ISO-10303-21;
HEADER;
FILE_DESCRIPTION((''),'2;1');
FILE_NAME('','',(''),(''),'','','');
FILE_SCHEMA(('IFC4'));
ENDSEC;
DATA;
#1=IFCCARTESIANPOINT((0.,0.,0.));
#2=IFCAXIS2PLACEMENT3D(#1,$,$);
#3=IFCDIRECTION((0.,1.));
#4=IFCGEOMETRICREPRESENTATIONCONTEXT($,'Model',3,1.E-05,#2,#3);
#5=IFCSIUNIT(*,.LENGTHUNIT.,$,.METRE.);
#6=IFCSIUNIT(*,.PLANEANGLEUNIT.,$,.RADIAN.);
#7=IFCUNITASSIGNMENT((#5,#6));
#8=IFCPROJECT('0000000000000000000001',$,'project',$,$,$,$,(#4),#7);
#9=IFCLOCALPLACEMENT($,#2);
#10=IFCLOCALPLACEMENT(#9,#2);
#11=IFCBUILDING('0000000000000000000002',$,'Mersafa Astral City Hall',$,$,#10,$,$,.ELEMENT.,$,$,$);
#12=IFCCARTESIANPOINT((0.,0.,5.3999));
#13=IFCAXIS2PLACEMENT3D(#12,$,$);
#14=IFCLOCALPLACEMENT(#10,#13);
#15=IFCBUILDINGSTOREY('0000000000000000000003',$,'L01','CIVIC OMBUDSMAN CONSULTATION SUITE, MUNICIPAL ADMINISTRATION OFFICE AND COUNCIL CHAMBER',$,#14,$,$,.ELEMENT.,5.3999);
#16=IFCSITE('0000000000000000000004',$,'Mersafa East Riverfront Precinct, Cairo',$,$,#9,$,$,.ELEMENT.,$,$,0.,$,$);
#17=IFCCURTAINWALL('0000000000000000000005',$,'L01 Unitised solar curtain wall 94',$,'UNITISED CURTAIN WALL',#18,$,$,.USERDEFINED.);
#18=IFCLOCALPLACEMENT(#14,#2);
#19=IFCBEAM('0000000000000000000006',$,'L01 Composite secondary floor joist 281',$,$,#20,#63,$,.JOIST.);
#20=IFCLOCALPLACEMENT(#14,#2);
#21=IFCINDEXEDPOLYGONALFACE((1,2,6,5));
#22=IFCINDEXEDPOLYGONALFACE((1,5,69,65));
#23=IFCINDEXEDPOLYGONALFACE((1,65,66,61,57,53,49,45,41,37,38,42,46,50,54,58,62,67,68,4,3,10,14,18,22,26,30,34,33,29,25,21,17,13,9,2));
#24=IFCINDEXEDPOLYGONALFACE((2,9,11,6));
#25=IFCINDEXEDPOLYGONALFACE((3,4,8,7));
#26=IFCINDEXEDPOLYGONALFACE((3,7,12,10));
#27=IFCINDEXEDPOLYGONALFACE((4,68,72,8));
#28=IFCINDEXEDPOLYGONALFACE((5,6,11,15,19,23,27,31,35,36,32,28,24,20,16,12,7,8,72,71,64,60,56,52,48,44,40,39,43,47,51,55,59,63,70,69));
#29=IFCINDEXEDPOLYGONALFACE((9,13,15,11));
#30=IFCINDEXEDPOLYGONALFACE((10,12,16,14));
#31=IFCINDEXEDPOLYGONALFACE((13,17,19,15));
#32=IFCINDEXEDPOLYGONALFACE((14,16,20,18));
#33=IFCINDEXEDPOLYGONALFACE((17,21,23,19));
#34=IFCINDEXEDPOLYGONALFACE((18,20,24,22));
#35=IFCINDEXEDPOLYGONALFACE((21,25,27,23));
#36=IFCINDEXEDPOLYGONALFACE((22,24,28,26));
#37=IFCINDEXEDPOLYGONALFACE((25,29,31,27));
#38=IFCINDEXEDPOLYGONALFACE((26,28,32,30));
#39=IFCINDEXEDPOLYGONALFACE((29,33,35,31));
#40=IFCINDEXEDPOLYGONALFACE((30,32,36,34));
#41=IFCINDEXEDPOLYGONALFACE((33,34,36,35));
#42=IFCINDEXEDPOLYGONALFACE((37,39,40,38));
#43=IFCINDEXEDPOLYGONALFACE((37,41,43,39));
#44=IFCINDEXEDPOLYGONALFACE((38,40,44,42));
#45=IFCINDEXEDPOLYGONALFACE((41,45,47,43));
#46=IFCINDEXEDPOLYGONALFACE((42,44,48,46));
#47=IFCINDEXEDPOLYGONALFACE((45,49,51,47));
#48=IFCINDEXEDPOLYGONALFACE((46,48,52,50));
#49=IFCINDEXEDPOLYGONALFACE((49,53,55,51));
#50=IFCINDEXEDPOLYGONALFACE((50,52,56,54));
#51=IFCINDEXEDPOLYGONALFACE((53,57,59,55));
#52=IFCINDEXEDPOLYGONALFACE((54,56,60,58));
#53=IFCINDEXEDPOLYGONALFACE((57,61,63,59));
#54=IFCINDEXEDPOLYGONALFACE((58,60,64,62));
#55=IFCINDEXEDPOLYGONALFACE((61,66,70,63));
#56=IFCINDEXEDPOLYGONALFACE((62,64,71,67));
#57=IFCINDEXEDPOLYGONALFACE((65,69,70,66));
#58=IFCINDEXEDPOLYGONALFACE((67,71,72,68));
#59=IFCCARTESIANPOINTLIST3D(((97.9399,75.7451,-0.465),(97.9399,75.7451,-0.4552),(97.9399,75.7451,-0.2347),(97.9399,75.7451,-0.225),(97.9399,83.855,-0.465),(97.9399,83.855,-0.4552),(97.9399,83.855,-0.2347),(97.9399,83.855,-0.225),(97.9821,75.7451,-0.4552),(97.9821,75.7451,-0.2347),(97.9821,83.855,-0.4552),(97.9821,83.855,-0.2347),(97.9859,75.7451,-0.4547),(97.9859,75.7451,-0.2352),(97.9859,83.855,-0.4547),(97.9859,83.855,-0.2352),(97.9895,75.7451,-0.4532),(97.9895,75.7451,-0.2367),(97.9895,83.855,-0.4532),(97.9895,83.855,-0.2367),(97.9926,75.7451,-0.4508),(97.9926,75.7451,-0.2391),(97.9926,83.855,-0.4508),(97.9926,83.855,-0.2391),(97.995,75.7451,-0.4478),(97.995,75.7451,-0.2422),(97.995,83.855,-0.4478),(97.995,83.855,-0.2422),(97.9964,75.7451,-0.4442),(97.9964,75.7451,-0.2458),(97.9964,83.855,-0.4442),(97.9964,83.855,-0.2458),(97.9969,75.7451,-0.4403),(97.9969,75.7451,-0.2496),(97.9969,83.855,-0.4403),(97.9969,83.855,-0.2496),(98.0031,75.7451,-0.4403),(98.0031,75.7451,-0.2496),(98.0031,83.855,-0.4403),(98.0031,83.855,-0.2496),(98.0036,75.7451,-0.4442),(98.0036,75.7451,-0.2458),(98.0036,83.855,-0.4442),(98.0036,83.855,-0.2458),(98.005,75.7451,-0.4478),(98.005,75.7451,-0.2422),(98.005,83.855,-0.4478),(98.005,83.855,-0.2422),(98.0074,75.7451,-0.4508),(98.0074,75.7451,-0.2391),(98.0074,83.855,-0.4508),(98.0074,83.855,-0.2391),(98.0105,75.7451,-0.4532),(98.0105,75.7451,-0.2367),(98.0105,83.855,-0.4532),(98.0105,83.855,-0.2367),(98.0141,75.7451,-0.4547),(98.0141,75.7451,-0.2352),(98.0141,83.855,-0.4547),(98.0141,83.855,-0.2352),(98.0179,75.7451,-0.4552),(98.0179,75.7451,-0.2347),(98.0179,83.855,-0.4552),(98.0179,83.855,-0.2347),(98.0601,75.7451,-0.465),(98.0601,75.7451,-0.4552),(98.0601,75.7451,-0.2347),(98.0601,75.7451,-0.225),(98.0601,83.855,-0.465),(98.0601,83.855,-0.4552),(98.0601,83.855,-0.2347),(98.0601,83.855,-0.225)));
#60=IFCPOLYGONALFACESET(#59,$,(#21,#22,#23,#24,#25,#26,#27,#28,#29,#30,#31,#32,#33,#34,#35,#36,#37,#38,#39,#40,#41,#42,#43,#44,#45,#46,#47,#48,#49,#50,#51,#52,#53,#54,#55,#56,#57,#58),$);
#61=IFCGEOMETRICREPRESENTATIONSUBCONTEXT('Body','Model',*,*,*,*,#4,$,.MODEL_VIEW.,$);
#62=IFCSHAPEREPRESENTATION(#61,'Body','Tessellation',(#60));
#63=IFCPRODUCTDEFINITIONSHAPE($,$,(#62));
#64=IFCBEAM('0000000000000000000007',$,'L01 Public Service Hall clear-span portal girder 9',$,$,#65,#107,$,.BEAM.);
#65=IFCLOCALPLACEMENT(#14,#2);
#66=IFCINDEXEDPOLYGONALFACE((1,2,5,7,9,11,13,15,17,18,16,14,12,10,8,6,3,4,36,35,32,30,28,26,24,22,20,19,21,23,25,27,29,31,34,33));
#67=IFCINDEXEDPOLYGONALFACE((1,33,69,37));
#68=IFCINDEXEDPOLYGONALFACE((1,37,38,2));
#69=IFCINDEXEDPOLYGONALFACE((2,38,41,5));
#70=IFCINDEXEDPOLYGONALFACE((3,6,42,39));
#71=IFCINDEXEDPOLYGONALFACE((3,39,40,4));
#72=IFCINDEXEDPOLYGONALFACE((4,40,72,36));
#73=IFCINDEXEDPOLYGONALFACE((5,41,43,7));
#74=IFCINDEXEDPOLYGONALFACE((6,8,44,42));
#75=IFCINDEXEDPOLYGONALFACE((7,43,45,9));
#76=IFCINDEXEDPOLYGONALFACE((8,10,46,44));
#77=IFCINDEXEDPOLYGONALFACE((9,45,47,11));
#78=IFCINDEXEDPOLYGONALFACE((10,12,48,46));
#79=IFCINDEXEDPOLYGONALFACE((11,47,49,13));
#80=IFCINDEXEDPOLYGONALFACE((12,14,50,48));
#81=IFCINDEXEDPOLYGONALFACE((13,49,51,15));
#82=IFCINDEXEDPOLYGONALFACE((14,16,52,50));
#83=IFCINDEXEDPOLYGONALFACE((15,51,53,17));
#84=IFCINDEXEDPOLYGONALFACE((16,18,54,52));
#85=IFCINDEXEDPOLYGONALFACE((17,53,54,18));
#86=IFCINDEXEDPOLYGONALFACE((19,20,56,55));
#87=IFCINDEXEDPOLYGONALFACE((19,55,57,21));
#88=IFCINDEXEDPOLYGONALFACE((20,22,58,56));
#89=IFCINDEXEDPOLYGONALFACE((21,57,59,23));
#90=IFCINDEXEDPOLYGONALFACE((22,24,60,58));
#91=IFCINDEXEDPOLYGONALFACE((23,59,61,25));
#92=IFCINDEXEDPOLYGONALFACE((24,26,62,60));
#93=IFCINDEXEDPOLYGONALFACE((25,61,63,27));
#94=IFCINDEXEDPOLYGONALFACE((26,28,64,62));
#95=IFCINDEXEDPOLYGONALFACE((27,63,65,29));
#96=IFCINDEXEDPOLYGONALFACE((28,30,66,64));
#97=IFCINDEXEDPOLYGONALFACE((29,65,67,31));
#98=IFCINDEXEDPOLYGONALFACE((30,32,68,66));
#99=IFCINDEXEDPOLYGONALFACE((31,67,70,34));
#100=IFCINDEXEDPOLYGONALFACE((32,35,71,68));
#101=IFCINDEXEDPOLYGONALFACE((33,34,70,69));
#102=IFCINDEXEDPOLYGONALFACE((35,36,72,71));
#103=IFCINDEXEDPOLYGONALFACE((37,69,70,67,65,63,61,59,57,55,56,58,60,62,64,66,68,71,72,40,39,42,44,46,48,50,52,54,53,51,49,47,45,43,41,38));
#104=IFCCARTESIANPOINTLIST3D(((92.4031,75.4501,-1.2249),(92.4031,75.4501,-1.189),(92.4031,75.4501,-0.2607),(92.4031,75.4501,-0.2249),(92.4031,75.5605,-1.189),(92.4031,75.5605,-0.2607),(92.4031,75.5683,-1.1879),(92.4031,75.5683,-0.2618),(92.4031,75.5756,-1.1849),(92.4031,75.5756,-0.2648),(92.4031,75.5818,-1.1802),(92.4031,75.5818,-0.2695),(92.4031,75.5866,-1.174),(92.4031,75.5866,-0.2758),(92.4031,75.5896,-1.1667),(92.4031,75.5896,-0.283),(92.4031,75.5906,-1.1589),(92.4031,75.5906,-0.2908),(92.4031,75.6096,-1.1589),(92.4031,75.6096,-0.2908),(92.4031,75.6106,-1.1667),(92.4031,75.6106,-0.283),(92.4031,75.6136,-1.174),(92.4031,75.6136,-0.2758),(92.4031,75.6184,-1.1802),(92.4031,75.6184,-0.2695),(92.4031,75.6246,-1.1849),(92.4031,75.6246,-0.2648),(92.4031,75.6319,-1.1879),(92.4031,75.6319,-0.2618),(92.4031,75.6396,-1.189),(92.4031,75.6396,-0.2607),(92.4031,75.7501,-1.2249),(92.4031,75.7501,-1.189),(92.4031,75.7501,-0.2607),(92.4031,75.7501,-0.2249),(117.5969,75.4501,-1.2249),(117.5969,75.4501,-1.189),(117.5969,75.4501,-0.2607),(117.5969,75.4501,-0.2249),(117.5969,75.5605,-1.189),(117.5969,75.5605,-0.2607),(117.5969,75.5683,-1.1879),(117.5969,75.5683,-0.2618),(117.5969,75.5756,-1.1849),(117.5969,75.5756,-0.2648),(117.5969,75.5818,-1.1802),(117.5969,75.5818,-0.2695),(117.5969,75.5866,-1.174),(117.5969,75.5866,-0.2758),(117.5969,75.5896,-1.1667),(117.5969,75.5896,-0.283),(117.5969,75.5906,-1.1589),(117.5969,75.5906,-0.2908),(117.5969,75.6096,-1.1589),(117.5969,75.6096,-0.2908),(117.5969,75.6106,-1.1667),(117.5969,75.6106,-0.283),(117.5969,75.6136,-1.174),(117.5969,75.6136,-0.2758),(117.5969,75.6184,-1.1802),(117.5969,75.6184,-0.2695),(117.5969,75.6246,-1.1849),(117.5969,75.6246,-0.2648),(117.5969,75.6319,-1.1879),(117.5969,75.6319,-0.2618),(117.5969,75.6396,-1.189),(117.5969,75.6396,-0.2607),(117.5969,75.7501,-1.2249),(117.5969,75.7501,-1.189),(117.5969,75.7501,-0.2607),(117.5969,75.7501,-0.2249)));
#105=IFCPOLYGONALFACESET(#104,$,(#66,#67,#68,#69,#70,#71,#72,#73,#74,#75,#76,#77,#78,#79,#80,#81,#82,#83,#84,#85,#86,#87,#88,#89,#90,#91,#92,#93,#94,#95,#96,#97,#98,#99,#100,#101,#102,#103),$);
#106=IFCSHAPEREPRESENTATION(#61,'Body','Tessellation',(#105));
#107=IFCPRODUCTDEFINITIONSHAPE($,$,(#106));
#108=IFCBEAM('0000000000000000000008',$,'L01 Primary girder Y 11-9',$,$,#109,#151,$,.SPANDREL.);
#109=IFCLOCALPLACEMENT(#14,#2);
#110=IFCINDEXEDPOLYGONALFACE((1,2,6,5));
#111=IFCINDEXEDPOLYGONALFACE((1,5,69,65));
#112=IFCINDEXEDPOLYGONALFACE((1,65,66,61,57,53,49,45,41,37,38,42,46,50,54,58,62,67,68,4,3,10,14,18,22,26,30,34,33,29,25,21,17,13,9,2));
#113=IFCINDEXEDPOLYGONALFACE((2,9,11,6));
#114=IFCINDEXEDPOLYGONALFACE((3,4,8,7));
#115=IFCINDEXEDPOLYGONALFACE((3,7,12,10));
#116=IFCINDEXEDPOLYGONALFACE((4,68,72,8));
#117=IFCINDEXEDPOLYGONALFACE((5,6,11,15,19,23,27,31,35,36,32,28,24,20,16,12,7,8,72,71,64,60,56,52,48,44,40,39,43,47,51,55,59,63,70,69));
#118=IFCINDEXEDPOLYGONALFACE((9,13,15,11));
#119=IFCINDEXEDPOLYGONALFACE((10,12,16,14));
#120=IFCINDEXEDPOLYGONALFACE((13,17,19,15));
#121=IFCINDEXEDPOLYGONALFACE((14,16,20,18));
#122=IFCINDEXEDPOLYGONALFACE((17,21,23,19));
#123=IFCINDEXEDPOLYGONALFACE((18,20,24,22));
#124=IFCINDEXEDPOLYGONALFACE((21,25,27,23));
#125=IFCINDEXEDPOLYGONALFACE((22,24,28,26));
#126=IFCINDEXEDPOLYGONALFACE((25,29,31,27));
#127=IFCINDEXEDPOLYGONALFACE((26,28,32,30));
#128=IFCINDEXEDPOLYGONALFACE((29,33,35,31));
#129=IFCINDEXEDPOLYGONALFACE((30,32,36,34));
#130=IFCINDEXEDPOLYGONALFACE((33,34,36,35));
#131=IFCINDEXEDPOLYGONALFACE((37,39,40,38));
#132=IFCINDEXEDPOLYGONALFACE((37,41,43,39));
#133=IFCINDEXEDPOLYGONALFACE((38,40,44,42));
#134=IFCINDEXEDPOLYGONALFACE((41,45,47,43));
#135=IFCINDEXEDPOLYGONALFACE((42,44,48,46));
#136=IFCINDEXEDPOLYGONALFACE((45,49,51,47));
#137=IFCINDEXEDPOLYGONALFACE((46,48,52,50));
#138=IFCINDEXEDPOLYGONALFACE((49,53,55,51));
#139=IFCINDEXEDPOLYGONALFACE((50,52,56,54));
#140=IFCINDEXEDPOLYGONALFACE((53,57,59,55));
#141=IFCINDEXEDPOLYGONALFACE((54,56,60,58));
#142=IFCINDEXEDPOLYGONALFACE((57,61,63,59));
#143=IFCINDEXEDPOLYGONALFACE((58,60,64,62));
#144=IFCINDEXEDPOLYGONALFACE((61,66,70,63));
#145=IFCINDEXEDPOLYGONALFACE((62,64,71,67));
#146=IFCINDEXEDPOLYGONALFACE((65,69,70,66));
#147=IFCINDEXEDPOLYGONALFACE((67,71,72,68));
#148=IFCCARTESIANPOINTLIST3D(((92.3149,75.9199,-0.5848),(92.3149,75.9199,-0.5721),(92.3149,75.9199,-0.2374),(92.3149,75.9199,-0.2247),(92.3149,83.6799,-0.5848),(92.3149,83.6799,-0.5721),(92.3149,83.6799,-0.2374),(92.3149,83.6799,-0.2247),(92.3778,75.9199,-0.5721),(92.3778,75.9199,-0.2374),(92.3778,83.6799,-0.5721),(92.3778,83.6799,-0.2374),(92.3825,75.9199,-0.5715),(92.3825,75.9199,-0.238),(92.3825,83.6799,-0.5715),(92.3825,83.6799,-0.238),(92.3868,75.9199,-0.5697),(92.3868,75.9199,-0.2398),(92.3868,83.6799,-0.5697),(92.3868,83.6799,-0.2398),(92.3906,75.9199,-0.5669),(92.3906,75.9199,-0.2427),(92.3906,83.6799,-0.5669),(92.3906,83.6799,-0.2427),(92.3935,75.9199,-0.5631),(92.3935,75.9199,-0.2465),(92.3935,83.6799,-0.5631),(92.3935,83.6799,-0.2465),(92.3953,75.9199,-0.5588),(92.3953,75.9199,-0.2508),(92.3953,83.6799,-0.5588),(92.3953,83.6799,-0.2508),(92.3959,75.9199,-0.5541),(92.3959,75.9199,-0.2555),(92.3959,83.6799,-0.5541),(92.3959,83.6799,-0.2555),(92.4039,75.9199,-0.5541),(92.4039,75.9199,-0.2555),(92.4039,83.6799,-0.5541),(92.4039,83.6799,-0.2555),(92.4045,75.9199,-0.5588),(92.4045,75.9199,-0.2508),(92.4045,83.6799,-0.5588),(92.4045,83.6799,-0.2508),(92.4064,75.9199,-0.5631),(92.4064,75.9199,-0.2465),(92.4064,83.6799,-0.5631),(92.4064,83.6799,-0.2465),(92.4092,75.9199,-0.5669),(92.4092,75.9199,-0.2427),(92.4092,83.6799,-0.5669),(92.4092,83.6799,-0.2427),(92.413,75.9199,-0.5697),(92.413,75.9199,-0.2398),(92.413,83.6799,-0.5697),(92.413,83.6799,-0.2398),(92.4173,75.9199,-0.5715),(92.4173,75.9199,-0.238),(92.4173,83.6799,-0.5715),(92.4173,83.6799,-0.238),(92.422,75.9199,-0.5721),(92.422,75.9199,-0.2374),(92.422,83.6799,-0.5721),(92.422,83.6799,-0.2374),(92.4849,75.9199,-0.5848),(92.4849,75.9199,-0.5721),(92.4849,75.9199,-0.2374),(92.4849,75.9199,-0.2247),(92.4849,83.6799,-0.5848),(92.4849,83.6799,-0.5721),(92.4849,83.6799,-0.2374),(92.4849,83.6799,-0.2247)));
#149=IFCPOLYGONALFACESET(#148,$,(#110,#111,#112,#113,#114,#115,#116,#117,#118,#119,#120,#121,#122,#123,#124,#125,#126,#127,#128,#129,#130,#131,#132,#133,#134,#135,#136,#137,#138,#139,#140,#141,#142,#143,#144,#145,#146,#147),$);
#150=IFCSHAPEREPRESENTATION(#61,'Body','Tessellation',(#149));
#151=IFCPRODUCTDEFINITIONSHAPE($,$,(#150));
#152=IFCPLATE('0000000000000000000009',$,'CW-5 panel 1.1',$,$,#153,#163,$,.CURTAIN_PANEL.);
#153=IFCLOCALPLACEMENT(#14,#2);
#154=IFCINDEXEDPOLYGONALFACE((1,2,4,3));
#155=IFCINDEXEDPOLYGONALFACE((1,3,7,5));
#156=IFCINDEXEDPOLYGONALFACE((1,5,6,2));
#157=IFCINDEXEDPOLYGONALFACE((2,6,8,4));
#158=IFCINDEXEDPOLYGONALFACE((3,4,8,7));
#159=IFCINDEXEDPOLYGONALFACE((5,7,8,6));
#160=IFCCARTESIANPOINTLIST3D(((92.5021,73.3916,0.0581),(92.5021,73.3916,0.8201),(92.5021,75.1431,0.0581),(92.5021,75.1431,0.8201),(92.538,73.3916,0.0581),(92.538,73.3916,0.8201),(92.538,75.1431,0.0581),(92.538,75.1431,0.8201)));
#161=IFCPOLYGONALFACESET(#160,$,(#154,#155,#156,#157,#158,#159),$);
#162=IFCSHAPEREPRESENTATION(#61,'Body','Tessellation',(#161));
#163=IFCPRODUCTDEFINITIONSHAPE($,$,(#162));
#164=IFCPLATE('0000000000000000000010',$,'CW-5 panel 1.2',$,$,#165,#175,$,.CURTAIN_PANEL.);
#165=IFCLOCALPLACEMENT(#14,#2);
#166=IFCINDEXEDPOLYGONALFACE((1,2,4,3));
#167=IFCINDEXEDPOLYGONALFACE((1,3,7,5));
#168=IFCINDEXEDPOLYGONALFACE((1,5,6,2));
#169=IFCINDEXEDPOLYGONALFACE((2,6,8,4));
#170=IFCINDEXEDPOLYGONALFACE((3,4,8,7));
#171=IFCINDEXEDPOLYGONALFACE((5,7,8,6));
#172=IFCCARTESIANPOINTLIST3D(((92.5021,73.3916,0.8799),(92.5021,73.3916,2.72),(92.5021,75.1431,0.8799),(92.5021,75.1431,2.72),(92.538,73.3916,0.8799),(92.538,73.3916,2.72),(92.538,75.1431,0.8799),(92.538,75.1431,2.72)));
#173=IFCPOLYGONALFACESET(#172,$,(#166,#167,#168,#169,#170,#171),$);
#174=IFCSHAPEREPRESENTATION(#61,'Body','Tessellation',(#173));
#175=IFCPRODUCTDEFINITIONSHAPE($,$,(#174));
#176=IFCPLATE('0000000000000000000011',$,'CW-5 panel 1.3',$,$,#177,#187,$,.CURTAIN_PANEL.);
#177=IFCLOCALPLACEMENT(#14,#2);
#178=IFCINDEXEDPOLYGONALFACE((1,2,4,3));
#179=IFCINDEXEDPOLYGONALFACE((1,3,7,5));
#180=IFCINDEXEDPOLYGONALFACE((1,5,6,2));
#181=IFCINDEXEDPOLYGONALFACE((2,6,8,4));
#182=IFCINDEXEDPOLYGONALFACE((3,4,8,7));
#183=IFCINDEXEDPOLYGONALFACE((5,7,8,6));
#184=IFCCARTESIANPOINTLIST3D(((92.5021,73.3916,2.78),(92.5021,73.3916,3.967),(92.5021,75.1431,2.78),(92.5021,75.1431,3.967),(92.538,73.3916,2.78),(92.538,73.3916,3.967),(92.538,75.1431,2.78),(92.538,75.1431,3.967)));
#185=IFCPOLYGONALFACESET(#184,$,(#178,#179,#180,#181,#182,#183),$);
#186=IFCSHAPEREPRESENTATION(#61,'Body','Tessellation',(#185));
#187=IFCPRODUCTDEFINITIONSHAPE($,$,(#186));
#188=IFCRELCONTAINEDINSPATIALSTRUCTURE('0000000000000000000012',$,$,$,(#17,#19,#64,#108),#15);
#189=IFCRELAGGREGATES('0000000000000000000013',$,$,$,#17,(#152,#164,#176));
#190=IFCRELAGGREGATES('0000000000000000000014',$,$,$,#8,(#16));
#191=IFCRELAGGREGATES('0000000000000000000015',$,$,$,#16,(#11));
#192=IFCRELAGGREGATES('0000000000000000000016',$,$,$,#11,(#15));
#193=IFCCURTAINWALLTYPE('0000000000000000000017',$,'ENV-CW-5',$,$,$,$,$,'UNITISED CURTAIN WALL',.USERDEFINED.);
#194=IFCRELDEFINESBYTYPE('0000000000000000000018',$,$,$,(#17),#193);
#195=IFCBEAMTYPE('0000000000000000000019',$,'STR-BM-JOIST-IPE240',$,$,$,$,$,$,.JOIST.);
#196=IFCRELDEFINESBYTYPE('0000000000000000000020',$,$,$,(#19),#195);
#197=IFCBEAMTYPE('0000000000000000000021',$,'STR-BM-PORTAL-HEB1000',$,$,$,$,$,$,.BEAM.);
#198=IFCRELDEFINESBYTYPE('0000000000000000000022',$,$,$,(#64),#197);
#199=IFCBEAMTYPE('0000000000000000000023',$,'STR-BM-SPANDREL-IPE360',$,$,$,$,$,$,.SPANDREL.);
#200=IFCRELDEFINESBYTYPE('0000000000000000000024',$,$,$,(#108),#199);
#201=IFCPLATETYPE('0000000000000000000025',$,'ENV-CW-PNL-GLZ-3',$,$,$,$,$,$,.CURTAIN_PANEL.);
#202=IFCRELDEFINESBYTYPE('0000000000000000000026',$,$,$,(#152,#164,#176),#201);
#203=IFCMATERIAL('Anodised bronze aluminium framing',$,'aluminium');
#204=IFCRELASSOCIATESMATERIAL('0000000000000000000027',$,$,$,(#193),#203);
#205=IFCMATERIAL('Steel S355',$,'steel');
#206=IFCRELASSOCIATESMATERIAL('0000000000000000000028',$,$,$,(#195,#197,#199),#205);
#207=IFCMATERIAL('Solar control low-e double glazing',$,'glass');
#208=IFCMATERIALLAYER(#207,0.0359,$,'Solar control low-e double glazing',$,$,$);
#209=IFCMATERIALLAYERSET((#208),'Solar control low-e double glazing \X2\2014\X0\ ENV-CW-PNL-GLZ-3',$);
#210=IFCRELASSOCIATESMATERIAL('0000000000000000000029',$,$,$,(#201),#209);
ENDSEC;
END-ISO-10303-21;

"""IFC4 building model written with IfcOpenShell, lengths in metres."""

from ifc_helpers import new_model, si_unit, direction, frame, origin, origin_2d, place, context, subcontext, project, spatial, rectangle, i_section, extrude, material, layer, layer_set, material_profile, profile_set, type_object, element, aggregate, save


model = new_model("IFC4")

# Units and contexts
model_context = context("Model", 3, precision=1e-05, world=origin(), true_north=direction((0.0, 1.0)))
body_context = subcontext(model_context, "Body", "Model", "MODEL_VIEW")
ifc_project = project(units=[si_unit("LENGTHUNIT", "METRE"), si_unit("PLANEANGLEUNIT", "RADIAN")], contexts=[model_context])

# Site, building, storey
site_placement = place(None, origin())
site = spatial("IfcSite", under=ifc_project, at=site_placement, Name="Mersafa East Riverfront Precinct, Cairo", CompositionType="ELEMENT", RefElevation=0.0)
building_placement = place(site_placement, origin())
building = spatial("IfcBuilding", under=site, at=building_placement, Name="Mersafa Astral City Hall", CompositionType="ELEMENT")
storey_placement = place(building_placement, frame((0.0, 0.0, 5.3999)))
storey = spatial("IfcBuildingStorey", under=building, at=storey_placement, Name="L01", Description="CIVIC OMBUDSMAN CONSULTATION SUITE, MUNICIPAL ADMINISTRATION OFFICE AND COUNCIL CHAMBER", CompositionType="ELEMENT", Elevation=5.3999)

# Shared definitions
ifc_material_1 = material(Name="Steel S355", Category="steel")

# Shared definitions
ifc_material_2 = material(Name="Anodised bronze aluminium framing", Category="aluminium")

# Curtain wall
curtain_wall_type_1 = type_object("IfcCurtainWallType", Name="ENV-CW-5", ElementType="UNITISED CURTAIN WALL", PredefinedType="USERDEFINED", material=ifc_material_2)
curtain_wall_1_placement = place(storey_placement, origin())
curtain_wall_1 = element("IfcCurtainWall", 1, at=curtain_wall_1_placement, inside=storey, type_object=curtain_wall_type_1, Name="L01 Unitised solar curtain wall 94", ObjectType="UNITISED CURTAIN WALL", PredefinedType="USERDEFINED")

# Beams
ifc_material_profile_1 = material_profile(ifc_material_1, i_section(OverallWidth=0.1201, OverallDepth=0.24, WebThickness=0.0061, FlangeThickness=0.0098, FilletRadius=0.0149, at=origin_2d()), Name="IPE 240")
ifc_profile_set_1 = profile_set([ifc_material_profile_1], Name="Steel S355")
beam_type_1 = type_object("IfcBeamType", Name="STR-BM-JOIST-IPE240", PredefinedType="JOIST", material=ifc_profile_set_1)
for number, where, z_axis, x_axis, name in (
    (2, (98.0, 75.7451, -0.345), (0.0, 1.0, 0.0), (-1.0, 0.0, 0.0), "L01 Composite secondary floor joist 281"),
):
    element("IfcBeam", number, at=place(storey_placement, frame(where, z_axis=z_axis, x_axis=x_axis)), inside=storey, type_object=beam_type_1, Name=name, PredefinedType="JOIST", context=body_context, shape_type="SweptSolid", body=[
        extrude(i_section(OverallWidth=0.1201, OverallDepth=0.24, WebThickness=0.0061, FlangeThickness=0.0098, FilletRadius=0.0149, at=origin_2d()), origin(), (0.0, 0.0, 1.0), 8.1099),
    ])
ifc_material_profile_2 = material_profile(ifc_material_1, i_section(OverallWidth=0.3, OverallDepth=1.0, WebThickness=0.019, FlangeThickness=0.0359, FilletRadius=0.03, at=origin_2d()), Name="HEB 1000")
ifc_profile_set_2 = profile_set([ifc_material_profile_2], Name="Steel S355")
beam_type_2 = type_object("IfcBeamType", Name="STR-BM-PORTAL-HEB1000", PredefinedType="BEAM", material=ifc_profile_set_2)
beam_1_placement = place(storey_placement, frame((92.4031, 75.6001, -0.7249), z_axis=(1.0, 0.0, 0.0), x_axis=(0.0, 1.0, 0.0)))
element("IfcBeam", 3, at=beam_1_placement, inside=storey, type_object=beam_type_2, Name="L01 Public Service Hall clear-span portal girder 9", PredefinedType="BEAM", context=body_context, shape_type="SweptSolid", body=[
    extrude(i_section(OverallWidth=0.3, OverallDepth=1.0, WebThickness=0.019, FlangeThickness=0.0359, FilletRadius=0.03, at=origin_2d()), origin(), (0.0, 0.0, 1.0), 25.1938),
])
ifc_material_profile_3 = material_profile(ifc_material_1, i_section(OverallWidth=0.1699, OverallDepth=0.3601, WebThickness=0.0081, FlangeThickness=0.0127, FilletRadius=0.0181, at=origin_2d()), Name="IPE 360")
ifc_profile_set_3 = profile_set([ifc_material_profile_3], Name="Steel S355")
beam_type_3 = type_object("IfcBeamType", Name="STR-BM-SPANDREL-IPE360", PredefinedType="SPANDREL", material=ifc_profile_set_3)
beam_2_placement = place(storey_placement, frame((92.3999, 75.9199, -0.4048), z_axis=(0.0, 1.0, 0.0), x_axis=(-1.0, 0.0, 0.0)))
element("IfcBeam", 4, at=beam_2_placement, inside=storey, type_object=beam_type_3, Name="L01 Primary girder Y 11-9", PredefinedType="SPANDREL", context=body_context, shape_type="SweptSolid", body=[
    extrude(i_section(OverallWidth=0.1699, OverallDepth=0.3601, WebThickness=0.0081, FlangeThickness=0.0127, FilletRadius=0.0181, at=origin_2d()), origin(), (0.0, 0.0, 1.0), 7.76),
])

# Plates
ifc_material_3 = material(Name="Solar control low-e double glazing", Category="glass")
ifc_layer_1 = layer(ifc_material_3, 0.0359, Name="Solar control low-e double glazing")
ifc_layer_set_1 = layer_set([ifc_layer_1], Name="Solar control low-e double glazing — ENV-CW-PNL-GLZ-3")
plate_type = type_object("IfcPlateType", Name="ENV-CW-PNL-GLZ-3", PredefinedType="CURTAIN_PANEL", material=ifc_layer_set_1)
plate_1_placement = place(storey_placement, frame((92.52, 74.2673, 0.0581), z_axis=(0.0, 0.0, 1.0), x_axis=(0.0, -1.0, 0.0)))
plate_1 = element("IfcPlate", 5, at=plate_1_placement, type_object=plate_type, Name="CW-5 panel 1.1", PredefinedType="CURTAIN_PANEL", context=body_context, shape_type="SweptSolid", body=[
    extrude(rectangle(XDim=1.7515, YDim=0.0359, at=origin_2d()), origin(), (0.0, 0.0, 1.0), 0.762),
])
plate_2_placement = place(storey_placement, frame((92.52, 74.2673, 0.8799), z_axis=(0.0, 0.0, 1.0), x_axis=(0.0, -1.0, 0.0)))
plate_2 = element("IfcPlate", 6, at=plate_2_placement, type_object=plate_type, Name="CW-5 panel 1.2", PredefinedType="CURTAIN_PANEL", context=body_context, shape_type="SweptSolid", body=[
    extrude(rectangle(XDim=1.7515, YDim=0.0359, at=origin_2d()), origin(), (0.0, 0.0, 1.0), 1.8401),
])
plate_3_placement = place(storey_placement, frame((92.52, 74.2673, 2.78), z_axis=(0.0, 0.0, 1.0), x_axis=(0.0, -1.0, 0.0)))
plate_3 = element("IfcPlate", 7, at=plate_3_placement, type_object=plate_type, Name="CW-5 panel 1.3", PredefinedType="CURTAIN_PANEL", context=body_context, shape_type="SweptSolid", body=[
    extrude(rectangle(XDim=1.7515, YDim=0.0359, at=origin_2d()), origin(), (0.0, 0.0, 1.0), 1.187),
])
aggregate(curtain_wall_1, [plate_1, plate_2, plate_3])

save(model, "model.ifc")
